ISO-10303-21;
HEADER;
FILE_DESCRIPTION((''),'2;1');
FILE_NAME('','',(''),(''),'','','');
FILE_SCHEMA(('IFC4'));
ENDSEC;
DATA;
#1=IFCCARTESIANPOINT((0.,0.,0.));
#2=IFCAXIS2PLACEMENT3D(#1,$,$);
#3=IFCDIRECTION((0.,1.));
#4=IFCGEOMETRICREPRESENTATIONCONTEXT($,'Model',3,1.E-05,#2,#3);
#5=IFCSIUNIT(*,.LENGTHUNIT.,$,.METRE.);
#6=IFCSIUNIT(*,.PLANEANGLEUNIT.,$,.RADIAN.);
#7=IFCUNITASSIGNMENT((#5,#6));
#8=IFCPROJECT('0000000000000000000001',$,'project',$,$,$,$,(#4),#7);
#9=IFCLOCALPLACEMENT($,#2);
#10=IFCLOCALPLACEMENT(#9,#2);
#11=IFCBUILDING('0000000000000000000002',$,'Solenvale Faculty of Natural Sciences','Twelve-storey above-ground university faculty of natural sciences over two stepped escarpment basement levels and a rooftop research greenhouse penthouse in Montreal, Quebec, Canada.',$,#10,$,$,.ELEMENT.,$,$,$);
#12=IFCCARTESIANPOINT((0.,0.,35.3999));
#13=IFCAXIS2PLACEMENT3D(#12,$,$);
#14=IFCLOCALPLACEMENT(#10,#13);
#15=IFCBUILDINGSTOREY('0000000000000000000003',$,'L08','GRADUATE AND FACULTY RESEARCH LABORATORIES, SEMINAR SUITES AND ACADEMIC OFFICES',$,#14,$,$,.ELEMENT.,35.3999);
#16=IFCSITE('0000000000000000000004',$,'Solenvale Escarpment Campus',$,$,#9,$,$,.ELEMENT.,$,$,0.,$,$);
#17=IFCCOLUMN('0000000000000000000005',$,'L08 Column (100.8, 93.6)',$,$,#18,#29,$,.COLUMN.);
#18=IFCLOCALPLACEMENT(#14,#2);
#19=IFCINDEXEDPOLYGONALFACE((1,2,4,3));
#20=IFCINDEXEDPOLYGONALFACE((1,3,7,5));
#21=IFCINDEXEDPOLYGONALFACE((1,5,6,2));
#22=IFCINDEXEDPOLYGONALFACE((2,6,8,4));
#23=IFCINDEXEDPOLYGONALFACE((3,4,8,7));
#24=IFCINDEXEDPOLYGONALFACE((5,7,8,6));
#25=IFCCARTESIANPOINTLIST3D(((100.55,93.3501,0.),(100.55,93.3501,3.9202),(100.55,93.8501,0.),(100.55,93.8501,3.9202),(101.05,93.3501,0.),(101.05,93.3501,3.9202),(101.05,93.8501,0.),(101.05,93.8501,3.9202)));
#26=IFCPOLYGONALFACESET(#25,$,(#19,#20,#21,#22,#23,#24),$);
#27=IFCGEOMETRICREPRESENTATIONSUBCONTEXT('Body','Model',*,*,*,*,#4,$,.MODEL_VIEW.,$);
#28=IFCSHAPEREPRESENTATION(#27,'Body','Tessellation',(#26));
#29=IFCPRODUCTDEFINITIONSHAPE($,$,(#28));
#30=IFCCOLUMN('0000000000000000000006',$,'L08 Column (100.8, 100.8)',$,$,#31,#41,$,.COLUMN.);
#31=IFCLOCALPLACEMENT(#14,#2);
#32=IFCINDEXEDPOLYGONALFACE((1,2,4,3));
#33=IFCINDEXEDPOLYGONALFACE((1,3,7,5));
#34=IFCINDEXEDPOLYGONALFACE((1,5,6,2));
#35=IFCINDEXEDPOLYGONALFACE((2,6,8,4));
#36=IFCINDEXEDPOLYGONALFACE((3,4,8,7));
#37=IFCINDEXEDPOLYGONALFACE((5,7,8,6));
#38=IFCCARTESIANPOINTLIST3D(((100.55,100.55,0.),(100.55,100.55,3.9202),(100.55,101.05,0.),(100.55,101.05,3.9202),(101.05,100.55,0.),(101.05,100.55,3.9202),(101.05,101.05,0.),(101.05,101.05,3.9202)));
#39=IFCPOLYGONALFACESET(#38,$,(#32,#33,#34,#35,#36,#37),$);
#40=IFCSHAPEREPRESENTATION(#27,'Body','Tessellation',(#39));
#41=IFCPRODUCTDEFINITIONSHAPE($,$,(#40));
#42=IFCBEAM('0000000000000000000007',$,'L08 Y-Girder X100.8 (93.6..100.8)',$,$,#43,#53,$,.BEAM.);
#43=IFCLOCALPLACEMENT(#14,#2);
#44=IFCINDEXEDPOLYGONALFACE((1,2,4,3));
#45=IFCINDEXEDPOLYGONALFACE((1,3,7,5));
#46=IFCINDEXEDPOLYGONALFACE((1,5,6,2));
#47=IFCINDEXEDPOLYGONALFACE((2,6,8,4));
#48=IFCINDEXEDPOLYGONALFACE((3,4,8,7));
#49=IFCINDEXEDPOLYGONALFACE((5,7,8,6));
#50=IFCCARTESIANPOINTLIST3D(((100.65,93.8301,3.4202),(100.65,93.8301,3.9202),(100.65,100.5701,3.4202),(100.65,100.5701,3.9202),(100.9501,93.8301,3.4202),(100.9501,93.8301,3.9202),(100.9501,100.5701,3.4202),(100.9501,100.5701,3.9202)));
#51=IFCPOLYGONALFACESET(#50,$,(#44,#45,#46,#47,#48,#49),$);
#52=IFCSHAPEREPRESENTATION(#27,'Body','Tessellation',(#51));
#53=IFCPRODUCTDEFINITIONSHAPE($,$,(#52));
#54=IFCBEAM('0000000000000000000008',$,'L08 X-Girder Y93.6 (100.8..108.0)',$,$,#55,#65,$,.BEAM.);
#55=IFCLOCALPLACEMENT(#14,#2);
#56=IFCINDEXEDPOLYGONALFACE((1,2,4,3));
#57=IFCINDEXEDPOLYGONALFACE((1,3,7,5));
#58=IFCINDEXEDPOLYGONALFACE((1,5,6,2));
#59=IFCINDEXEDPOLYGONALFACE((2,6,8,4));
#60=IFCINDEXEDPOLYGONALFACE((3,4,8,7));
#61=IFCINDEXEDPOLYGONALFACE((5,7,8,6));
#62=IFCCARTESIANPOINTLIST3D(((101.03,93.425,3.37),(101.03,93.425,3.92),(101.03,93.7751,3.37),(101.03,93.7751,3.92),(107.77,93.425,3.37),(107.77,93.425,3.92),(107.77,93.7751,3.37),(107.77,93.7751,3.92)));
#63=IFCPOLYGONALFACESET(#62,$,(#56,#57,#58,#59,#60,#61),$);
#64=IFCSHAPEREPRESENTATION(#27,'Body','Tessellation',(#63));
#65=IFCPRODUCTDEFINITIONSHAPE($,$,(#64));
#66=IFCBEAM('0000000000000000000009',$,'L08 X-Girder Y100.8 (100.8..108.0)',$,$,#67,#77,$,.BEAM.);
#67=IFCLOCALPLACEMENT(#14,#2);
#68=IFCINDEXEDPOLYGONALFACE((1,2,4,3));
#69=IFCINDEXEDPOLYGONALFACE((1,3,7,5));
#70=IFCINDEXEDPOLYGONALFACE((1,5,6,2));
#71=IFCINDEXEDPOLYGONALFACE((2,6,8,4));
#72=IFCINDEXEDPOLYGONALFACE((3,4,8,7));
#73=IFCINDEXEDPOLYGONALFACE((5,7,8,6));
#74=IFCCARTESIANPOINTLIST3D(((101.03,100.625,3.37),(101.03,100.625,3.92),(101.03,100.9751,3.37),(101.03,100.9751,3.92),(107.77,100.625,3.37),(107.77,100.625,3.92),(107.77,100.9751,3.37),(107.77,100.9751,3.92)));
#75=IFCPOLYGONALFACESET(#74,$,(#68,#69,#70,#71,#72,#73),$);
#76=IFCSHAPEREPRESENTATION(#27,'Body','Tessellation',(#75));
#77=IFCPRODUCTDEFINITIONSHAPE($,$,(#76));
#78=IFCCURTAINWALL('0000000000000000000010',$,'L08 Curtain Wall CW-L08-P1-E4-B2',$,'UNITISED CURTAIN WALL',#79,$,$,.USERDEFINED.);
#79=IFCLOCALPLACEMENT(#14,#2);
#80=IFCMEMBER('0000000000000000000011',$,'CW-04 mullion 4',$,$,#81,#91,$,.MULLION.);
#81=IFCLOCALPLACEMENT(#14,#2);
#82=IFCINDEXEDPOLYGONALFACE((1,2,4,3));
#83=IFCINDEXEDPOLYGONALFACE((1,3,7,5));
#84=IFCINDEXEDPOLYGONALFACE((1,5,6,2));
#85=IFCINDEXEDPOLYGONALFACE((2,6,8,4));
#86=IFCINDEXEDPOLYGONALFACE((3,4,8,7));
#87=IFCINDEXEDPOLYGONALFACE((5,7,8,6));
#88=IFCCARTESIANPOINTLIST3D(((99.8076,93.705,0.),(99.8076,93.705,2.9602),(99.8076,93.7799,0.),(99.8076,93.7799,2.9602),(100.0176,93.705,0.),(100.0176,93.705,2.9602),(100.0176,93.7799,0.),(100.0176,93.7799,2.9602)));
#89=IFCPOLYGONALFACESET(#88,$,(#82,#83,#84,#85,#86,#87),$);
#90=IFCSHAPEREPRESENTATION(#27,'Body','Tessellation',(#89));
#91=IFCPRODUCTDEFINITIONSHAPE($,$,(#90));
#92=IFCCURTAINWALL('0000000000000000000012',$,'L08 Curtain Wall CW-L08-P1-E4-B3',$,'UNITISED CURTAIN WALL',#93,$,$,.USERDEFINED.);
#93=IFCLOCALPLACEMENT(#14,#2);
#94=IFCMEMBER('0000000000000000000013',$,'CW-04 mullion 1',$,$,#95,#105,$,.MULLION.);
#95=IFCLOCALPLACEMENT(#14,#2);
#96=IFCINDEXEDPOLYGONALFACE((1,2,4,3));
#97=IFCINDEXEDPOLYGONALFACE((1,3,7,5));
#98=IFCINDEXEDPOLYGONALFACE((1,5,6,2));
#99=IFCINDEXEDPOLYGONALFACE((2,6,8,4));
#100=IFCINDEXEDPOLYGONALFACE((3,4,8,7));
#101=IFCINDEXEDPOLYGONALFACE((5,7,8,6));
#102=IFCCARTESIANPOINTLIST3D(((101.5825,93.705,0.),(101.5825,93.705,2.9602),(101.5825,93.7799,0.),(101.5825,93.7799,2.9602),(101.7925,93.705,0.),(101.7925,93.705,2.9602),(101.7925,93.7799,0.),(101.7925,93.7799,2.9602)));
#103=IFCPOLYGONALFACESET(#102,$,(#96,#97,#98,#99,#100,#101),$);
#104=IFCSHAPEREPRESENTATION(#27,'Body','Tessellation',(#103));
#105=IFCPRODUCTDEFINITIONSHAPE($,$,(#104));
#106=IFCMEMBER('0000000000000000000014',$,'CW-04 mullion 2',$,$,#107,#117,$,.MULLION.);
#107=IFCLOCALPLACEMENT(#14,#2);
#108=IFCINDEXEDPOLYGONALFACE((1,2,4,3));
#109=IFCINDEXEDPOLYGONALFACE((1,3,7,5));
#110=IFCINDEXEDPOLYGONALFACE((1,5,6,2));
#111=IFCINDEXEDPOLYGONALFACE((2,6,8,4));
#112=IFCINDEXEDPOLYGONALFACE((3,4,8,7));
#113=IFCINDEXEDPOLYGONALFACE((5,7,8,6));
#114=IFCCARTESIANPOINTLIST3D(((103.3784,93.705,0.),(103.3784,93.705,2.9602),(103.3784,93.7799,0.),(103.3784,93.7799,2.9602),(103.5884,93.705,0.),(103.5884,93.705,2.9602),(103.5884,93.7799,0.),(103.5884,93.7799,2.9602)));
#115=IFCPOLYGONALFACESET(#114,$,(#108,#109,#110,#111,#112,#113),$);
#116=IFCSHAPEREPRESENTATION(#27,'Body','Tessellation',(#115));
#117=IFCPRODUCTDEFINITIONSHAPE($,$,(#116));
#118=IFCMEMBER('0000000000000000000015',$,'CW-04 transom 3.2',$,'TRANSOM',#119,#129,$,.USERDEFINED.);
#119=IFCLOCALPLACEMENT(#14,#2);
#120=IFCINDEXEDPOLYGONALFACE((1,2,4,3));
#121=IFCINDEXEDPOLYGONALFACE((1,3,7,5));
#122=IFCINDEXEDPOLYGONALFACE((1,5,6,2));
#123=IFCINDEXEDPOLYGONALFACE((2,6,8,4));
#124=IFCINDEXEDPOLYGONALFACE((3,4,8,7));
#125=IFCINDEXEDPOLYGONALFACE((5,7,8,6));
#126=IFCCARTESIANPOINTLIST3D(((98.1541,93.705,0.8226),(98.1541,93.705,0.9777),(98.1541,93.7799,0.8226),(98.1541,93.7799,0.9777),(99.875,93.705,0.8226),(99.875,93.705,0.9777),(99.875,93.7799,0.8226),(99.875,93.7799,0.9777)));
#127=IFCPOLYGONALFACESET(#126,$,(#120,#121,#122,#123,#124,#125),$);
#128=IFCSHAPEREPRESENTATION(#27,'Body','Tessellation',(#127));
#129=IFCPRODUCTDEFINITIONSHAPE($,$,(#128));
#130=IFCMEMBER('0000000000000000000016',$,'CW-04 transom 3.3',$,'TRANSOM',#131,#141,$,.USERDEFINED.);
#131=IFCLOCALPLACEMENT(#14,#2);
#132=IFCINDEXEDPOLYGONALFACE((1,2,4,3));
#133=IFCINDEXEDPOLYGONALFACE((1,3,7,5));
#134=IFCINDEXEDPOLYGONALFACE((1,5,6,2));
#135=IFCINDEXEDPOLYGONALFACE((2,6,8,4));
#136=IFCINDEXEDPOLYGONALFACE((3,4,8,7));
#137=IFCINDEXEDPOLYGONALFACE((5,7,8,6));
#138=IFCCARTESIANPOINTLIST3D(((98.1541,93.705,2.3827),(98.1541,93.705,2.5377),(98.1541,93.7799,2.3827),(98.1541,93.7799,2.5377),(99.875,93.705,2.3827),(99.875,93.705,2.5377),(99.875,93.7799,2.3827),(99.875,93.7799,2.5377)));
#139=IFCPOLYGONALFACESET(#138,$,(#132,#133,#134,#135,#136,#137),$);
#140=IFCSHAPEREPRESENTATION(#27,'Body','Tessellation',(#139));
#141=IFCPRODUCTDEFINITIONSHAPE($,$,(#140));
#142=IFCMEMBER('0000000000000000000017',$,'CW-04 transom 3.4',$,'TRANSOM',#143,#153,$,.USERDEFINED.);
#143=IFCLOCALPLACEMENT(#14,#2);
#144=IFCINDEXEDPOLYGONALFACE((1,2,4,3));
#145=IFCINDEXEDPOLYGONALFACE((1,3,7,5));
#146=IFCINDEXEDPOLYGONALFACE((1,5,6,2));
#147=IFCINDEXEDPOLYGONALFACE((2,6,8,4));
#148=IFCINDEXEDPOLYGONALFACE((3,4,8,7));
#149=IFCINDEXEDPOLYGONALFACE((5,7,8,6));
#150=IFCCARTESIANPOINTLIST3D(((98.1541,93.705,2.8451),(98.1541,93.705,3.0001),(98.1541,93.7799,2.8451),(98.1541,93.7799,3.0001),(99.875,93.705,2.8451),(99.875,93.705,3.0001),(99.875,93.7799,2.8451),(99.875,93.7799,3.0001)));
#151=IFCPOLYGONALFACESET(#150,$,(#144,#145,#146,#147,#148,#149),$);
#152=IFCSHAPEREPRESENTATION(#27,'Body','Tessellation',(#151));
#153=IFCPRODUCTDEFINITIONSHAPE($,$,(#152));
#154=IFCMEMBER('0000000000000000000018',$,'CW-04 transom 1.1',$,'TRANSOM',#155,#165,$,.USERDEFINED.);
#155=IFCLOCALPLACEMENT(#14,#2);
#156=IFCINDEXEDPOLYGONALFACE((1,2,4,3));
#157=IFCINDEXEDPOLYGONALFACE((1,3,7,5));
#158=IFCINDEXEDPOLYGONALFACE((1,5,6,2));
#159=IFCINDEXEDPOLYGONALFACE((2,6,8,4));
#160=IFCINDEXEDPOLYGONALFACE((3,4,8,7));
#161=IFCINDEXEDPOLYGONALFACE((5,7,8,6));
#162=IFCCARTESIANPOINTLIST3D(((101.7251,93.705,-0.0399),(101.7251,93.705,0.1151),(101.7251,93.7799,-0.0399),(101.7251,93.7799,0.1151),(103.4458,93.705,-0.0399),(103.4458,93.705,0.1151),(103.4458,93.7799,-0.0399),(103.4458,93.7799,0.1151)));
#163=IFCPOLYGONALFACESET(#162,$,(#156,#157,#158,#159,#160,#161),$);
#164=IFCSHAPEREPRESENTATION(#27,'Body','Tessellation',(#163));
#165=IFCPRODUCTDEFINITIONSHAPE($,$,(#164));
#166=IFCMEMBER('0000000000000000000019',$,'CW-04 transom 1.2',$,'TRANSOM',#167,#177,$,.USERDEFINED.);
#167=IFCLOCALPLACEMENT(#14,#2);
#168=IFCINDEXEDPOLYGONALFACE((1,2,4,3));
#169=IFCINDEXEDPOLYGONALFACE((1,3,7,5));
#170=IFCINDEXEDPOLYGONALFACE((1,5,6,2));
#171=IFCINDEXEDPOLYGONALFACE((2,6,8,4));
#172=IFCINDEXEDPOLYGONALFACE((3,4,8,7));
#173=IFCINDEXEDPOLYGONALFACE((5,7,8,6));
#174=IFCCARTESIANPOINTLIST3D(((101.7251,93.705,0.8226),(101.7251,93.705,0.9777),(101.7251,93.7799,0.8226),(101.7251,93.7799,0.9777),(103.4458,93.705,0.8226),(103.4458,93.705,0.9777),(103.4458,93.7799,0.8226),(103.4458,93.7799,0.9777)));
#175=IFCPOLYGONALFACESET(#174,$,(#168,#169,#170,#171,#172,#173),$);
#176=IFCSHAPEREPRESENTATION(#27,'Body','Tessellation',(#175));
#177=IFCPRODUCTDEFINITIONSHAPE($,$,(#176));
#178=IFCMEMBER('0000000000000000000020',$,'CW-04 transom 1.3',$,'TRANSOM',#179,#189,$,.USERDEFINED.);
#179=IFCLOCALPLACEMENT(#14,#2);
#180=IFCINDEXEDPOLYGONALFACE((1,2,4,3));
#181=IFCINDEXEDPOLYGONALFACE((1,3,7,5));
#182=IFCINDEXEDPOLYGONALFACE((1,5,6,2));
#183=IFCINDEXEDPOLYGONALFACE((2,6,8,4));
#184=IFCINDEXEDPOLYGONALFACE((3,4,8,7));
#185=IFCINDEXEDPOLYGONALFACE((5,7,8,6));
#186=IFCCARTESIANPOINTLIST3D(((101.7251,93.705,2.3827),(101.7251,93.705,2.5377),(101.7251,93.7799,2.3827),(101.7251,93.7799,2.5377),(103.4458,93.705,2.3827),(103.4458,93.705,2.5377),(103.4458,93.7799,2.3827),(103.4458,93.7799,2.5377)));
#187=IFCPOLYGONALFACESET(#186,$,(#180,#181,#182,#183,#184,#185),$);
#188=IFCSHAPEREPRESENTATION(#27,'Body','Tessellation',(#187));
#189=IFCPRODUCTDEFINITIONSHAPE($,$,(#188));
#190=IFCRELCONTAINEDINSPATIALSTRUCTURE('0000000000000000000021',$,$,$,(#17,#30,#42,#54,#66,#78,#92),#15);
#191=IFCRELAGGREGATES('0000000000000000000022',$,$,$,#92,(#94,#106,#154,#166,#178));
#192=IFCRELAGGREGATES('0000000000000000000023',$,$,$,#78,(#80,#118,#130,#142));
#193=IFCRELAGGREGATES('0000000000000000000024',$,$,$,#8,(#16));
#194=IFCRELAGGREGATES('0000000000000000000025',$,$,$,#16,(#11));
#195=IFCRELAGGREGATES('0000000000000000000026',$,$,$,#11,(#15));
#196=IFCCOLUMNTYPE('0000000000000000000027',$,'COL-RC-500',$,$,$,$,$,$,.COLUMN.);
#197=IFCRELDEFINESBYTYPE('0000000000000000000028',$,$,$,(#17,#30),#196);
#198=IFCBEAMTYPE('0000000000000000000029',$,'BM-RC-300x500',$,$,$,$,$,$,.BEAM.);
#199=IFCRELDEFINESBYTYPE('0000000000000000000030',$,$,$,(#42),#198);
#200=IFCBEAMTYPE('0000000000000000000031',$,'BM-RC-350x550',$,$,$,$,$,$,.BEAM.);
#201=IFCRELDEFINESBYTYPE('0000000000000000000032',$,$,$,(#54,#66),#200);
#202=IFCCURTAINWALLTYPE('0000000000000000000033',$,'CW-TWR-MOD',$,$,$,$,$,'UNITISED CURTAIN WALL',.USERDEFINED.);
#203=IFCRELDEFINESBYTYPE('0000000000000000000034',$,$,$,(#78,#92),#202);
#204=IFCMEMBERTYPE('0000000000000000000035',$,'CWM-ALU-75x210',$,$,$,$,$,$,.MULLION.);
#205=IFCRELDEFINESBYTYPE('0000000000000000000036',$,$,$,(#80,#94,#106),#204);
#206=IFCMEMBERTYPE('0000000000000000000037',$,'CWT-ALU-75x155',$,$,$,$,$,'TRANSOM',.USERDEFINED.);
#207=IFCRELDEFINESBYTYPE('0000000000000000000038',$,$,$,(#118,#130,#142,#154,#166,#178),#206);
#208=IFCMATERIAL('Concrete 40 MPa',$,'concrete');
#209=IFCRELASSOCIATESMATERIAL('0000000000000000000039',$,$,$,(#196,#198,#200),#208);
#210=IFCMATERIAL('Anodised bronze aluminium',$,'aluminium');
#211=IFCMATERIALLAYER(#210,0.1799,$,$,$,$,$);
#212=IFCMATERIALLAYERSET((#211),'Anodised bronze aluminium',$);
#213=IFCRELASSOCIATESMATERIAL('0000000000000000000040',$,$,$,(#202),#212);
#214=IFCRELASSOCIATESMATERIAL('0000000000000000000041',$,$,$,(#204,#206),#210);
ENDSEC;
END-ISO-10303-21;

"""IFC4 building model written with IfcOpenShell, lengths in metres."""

from ifc_helpers import new_model, si_unit, direction, frame, origin, origin_2d, place, context, subcontext, project, spatial, rectangle, extrude, material, layer, layer_set, material_profile, profile_set, type_object, element, aggregate, save


model = new_model("IFC4")

# Units and contexts
model_context = context("Model", 3, precision=1e-05, world=origin(), true_north=direction((0.0, 1.0)))
body_context = subcontext(model_context, "Body", "Model", "MODEL_VIEW")
ifc_project = project(units=[si_unit("LENGTHUNIT", "METRE"), si_unit("PLANEANGLEUNIT", "RADIAN")], contexts=[model_context])

# Site, building, storey
site_placement = place(None, origin())
site = spatial("IfcSite", under=ifc_project, at=site_placement, Name="Solenvale Escarpment Campus", CompositionType="ELEMENT", RefElevation=0.0)
building_placement = place(site_placement, origin())
building = spatial("IfcBuilding", under=site, at=building_placement, Name="Solenvale Faculty of Natural Sciences", Description="Twelve-storey above-ground university faculty of natural sciences over two stepped escarpment basement levels and a rooftop research greenhouse penthouse in Montreal, Quebec, Canada.", CompositionType="ELEMENT")
storey_placement = place(building_placement, frame((0.0, 0.0, 35.3999)))
storey = spatial("IfcBuildingStorey", under=building, at=storey_placement, Name="L08", Description="GRADUATE AND FACULTY RESEARCH LABORATORIES, SEMINAR SUITES AND ACADEMIC OFFICES", CompositionType="ELEMENT", Elevation=35.3999)

# Columns
ifc_material_1 = material(Name="Concrete 40 MPa", Category="concrete")
ifc_material_profile_1 = material_profile(ifc_material_1, rectangle(XDim=0.5, YDim=0.5, at=origin_2d()), Name="RC-COL-500x500")
ifc_profile_set_1 = profile_set([ifc_material_profile_1], Name="Concrete 40 MPa")
column_type = type_object("IfcColumnType", Name="COL-RC-500", PredefinedType="COLUMN", material=ifc_profile_set_1)
for number, where, z_axis, x_axis, name in (
    (1, (100.8, 93.6001, 0.0), (0.0, 0.0, 1.0), (1.0, 0.0, 0.0), "L08 Column (100.8, 93.6)"),
    (2, (100.8, 100.8, 0.0), (0.0, 0.0, 1.0), (1.0, 0.0, 0.0), "L08 Column (100.8, 100.8)"),
):
    element("IfcColumn", number, at=place(storey_placement, frame(where, z_axis=z_axis, x_axis=x_axis)), inside=storey, type_object=column_type, Name=name, PredefinedType="COLUMN", context=body_context, shape_type="SweptSolid", body=[
        extrude(rectangle(XDim=0.5, YDim=0.5, at=origin_2d()), origin(), (0.0, 0.0, 1.0), 3.9202),
    ])

# Beams
ifc_material_profile_2 = material_profile(ifc_material_1, rectangle(XDim=0.3, YDim=0.5, at=origin_2d()), Name="RC-BM-300x500")
ifc_profile_set_2 = profile_set([ifc_material_profile_2], Name="Concrete 40 MPa")
beam_type_1 = type_object("IfcBeamType", Name="BM-RC-300x500", PredefinedType="BEAM", material=ifc_profile_set_2)
beam_placement = place(storey_placement, frame((100.8, 93.8301, 3.6702), z_axis=(0.0, 1.0, 0.0), x_axis=(-1.0, 0.0, 0.0)))
element("IfcBeam", 3, at=beam_placement, inside=storey, type_object=beam_type_1, Name="L08 Y-Girder X100.8 (93.6..100.8)", PredefinedType="BEAM", context=body_context, shape_type="SweptSolid", body=[
    extrude(rectangle(XDim=0.3, YDim=0.5, at=origin_2d()), origin(), (0.0, 0.0, 1.0), 6.74),
])
ifc_material_profile_3 = material_profile(ifc_material_1, rectangle(XDim=0.3501, YDim=0.55, at=origin_2d()), Name="RC-BM-350x550")
ifc_profile_set_3 = profile_set([ifc_material_profile_3], Name="Concrete 40 MPa")
beam_type_2 = type_object("IfcBeamType", Name="BM-RC-350x550", PredefinedType="BEAM", material=ifc_profile_set_3)
for number, where, z_axis, x_axis, name in (
    (4, (101.03, 93.6001, 3.645), (1.0, 0.0, 0.0), (0.0, 1.0, 0.0), "L08 X-Girder Y93.6 (100.8..108.0)"),
    (5, (101.03, 100.8, 3.645), (1.0, 0.0, 0.0), (0.0, 1.0, 0.0), "L08 X-Girder Y100.8 (100.8..108.0)"),
):
    element("IfcBeam", number, at=place(storey_placement, frame(where, z_axis=z_axis, x_axis=x_axis)), inside=storey, type_object=beam_type_2, Name=name, PredefinedType="BEAM", context=body_context, shape_type="SweptSolid", body=[
        extrude(rectangle(XDim=0.3501, YDim=0.55, at=origin_2d()), origin(), (0.0, 0.0, 1.0), 6.74),
    ])

# Curtain wall, member
ifc_material_2 = material(Name="Anodised bronze aluminium", Category="aluminium")
ifc_layer_1 = layer(ifc_material_2, 0.1799)
ifc_layer_set_1 = layer_set([ifc_layer_1], Name="Anodised bronze aluminium")
curtain_wall_type = type_object("IfcCurtainWallType", Name="CW-TWR-MOD", ElementType="UNITISED CURTAIN WALL", PredefinedType="USERDEFINED", material=ifc_layer_set_1)
curtain_wall_1_placement = place(storey_placement, origin())
curtain_wall_1 = element("IfcCurtainWall", 6, at=curtain_wall_1_placement, inside=storey, type_object=curtain_wall_type, Name="L08 Curtain Wall CW-L08-P1-E4-B2", ObjectType="UNITISED CURTAIN WALL", PredefinedType="USERDEFINED")
ifc_material_profile_4 = material_profile(ifc_material_2, rectangle(XDim=0.075, YDim=0.21, at=origin_2d()), Name="ALU-MUL-75x210")
ifc_profile_set_4 = profile_set([ifc_material_profile_4], Name="Anodised bronze aluminium")
member_type_1 = type_object("IfcMemberType", Name="CWM-ALU-75x210", PredefinedType="MULLION", material=ifc_profile_set_4)
member_1_placement = place(storey_placement, frame((99.9126, 93.7424, 0.0), z_axis=(0.0, 0.0, 1.0), x_axis=(0.0, 1.0, 0.0)))
member_1 = element("IfcMember", 7, at=member_1_placement, type_object=member_type_1, Name="CW-04 mullion 4", PredefinedType="MULLION", context=body_context, shape_type="SweptSolid", body=[
    extrude(rectangle(XDim=0.075, YDim=0.21, at=origin_2d()), origin(), (0.0, 0.0, 1.0), 2.9602),
])

# Curtain wall, members
curtain_wall_2_placement = place(storey_placement, origin())
curtain_wall_2 = element("IfcCurtainWall", 8, at=curtain_wall_2_placement, inside=storey, type_object=curtain_wall_type, Name="L08 Curtain Wall CW-L08-P1-E4-B3", ObjectType="UNITISED CURTAIN WALL", PredefinedType="USERDEFINED")
member_2_placement = place(storey_placement, frame((101.6875, 93.7424, 0.0), z_axis=(0.0, 0.0, 1.0), x_axis=(0.0, 1.0, 0.0)))
member_2 = element("IfcMember", 9, at=member_2_placement, type_object=member_type_1, Name="CW-04 mullion 1", PredefinedType="MULLION", context=body_context, shape_type="SweptSolid", body=[
    extrude(rectangle(XDim=0.075, YDim=0.21, at=origin_2d()), origin(), (0.0, 0.0, 1.0), 2.9602),
])
member_3_placement = place(storey_placement, frame((103.4834, 93.7424, 0.0), z_axis=(0.0, 0.0, 1.0), x_axis=(0.0, 1.0, 0.0)))
member_3 = element("IfcMember", 10, at=member_3_placement, type_object=member_type_1, Name="CW-04 mullion 2", PredefinedType="MULLION", context=body_context, shape_type="SweptSolid", body=[
    extrude(rectangle(XDim=0.075, YDim=0.21, at=origin_2d()), origin(), (0.0, 0.0, 1.0), 2.9602),
])

# Members
ifc_material_profile_5 = material_profile(ifc_material_2, rectangle(XDim=0.075, YDim=0.155, at=origin_2d()), Name="ALU-TRN-75x155")
ifc_profile_set_5 = profile_set([ifc_material_profile_5], Name="Anodised bronze aluminium")
member_type_2 = type_object("IfcMemberType", Name="CWT-ALU-75x155", ElementType="TRANSOM", PredefinedType="USERDEFINED", material=ifc_profile_set_5)
member_4_placement = place(storey_placement, frame((98.1541, 93.7424, 0.9001), z_axis=(1.0, 0.0, 0.0), x_axis=(0.0, 1.0, 0.0)))
member_4 = element("IfcMember", 11, at=member_4_placement, type_object=member_type_2, Name="CW-04 transom 3.2", ObjectType="TRANSOM", PredefinedType="USERDEFINED", context=body_context, shape_type="SweptSolid", body=[
    extrude(rectangle(XDim=0.075, YDim=0.155, at=origin_2d()), origin(), (0.0, 0.0, 1.0), 1.7209),
])
member_5_placement = place(storey_placement, frame((98.1541, 93.7424, 2.4602), z_axis=(1.0, 0.0, 0.0), x_axis=(0.0, 1.0, 0.0)))
member_5 = element("IfcMember", 12, at=member_5_placement, type_object=member_type_2, Name="CW-04 transom 3.3", ObjectType="TRANSOM", PredefinedType="USERDEFINED", context=body_context, shape_type="SweptSolid", body=[
    extrude(rectangle(XDim=0.075, YDim=0.155, at=origin_2d()), origin(), (0.0, 0.0, 1.0), 1.7209),
])
member_6_placement = place(storey_placement, frame((98.1541, 93.7424, 2.9226), z_axis=(1.0, 0.0, 0.0), x_axis=(0.0, 1.0, 0.0)))
member_6 = element("IfcMember", 13, at=member_6_placement, type_object=member_type_2, Name="CW-04 transom 3.4", ObjectType="TRANSOM", PredefinedType="USERDEFINED", context=body_context, shape_type="SweptSolid", body=[
    extrude(rectangle(XDim=0.075, YDim=0.155, at=origin_2d()), origin(), (0.0, 0.0, 1.0), 1.7209),
])
member_7_placement = place(storey_placement, frame((101.7251, 93.7424, 0.0376), z_axis=(1.0, 0.0, 0.0), x_axis=(0.0, 1.0, 0.0)))
member_7 = element("IfcMember", 14, at=member_7_placement, type_object=member_type_2, Name="CW-04 transom 1.1", ObjectType="TRANSOM", PredefinedType="USERDEFINED", context=body_context, shape_type="SweptSolid", body=[
    extrude(rectangle(XDim=0.075, YDim=0.155, at=origin_2d()), origin(), (0.0, 0.0, 1.0), 1.7207),
])
member_8_placement = place(storey_placement, frame((101.7251, 93.7424, 0.9001), z_axis=(1.0, 0.0, 0.0), x_axis=(0.0, 1.0, 0.0)))
member_8 = element("IfcMember", 15, at=member_8_placement, type_object=member_type_2, Name="CW-04 transom 1.2", ObjectType="TRANSOM", PredefinedType="USERDEFINED", context=body_context, shape_type="SweptSolid", body=[
    extrude(rectangle(XDim=0.075, YDim=0.155, at=origin_2d()), origin(), (0.0, 0.0, 1.0), 1.7207),
])
member_9_placement = place(storey_placement, frame((101.7251, 93.7424, 2.4602), z_axis=(1.0, 0.0, 0.0), x_axis=(0.0, 1.0, 0.0)))
member_9 = element("IfcMember", 16, at=member_9_placement, type_object=member_type_2, Name="CW-04 transom 1.3", ObjectType="TRANSOM", PredefinedType="USERDEFINED", context=body_context, shape_type="SweptSolid", body=[
    extrude(rectangle(XDim=0.075, YDim=0.155, at=origin_2d()), origin(), (0.0, 0.0, 1.0), 1.7207),
])

aggregate(curtain_wall_2, [member_2, member_3, member_7, member_8, member_9])
aggregate(curtain_wall_1, [member_1, member_4, member_5, member_6])

save(model, "model.ifc")
